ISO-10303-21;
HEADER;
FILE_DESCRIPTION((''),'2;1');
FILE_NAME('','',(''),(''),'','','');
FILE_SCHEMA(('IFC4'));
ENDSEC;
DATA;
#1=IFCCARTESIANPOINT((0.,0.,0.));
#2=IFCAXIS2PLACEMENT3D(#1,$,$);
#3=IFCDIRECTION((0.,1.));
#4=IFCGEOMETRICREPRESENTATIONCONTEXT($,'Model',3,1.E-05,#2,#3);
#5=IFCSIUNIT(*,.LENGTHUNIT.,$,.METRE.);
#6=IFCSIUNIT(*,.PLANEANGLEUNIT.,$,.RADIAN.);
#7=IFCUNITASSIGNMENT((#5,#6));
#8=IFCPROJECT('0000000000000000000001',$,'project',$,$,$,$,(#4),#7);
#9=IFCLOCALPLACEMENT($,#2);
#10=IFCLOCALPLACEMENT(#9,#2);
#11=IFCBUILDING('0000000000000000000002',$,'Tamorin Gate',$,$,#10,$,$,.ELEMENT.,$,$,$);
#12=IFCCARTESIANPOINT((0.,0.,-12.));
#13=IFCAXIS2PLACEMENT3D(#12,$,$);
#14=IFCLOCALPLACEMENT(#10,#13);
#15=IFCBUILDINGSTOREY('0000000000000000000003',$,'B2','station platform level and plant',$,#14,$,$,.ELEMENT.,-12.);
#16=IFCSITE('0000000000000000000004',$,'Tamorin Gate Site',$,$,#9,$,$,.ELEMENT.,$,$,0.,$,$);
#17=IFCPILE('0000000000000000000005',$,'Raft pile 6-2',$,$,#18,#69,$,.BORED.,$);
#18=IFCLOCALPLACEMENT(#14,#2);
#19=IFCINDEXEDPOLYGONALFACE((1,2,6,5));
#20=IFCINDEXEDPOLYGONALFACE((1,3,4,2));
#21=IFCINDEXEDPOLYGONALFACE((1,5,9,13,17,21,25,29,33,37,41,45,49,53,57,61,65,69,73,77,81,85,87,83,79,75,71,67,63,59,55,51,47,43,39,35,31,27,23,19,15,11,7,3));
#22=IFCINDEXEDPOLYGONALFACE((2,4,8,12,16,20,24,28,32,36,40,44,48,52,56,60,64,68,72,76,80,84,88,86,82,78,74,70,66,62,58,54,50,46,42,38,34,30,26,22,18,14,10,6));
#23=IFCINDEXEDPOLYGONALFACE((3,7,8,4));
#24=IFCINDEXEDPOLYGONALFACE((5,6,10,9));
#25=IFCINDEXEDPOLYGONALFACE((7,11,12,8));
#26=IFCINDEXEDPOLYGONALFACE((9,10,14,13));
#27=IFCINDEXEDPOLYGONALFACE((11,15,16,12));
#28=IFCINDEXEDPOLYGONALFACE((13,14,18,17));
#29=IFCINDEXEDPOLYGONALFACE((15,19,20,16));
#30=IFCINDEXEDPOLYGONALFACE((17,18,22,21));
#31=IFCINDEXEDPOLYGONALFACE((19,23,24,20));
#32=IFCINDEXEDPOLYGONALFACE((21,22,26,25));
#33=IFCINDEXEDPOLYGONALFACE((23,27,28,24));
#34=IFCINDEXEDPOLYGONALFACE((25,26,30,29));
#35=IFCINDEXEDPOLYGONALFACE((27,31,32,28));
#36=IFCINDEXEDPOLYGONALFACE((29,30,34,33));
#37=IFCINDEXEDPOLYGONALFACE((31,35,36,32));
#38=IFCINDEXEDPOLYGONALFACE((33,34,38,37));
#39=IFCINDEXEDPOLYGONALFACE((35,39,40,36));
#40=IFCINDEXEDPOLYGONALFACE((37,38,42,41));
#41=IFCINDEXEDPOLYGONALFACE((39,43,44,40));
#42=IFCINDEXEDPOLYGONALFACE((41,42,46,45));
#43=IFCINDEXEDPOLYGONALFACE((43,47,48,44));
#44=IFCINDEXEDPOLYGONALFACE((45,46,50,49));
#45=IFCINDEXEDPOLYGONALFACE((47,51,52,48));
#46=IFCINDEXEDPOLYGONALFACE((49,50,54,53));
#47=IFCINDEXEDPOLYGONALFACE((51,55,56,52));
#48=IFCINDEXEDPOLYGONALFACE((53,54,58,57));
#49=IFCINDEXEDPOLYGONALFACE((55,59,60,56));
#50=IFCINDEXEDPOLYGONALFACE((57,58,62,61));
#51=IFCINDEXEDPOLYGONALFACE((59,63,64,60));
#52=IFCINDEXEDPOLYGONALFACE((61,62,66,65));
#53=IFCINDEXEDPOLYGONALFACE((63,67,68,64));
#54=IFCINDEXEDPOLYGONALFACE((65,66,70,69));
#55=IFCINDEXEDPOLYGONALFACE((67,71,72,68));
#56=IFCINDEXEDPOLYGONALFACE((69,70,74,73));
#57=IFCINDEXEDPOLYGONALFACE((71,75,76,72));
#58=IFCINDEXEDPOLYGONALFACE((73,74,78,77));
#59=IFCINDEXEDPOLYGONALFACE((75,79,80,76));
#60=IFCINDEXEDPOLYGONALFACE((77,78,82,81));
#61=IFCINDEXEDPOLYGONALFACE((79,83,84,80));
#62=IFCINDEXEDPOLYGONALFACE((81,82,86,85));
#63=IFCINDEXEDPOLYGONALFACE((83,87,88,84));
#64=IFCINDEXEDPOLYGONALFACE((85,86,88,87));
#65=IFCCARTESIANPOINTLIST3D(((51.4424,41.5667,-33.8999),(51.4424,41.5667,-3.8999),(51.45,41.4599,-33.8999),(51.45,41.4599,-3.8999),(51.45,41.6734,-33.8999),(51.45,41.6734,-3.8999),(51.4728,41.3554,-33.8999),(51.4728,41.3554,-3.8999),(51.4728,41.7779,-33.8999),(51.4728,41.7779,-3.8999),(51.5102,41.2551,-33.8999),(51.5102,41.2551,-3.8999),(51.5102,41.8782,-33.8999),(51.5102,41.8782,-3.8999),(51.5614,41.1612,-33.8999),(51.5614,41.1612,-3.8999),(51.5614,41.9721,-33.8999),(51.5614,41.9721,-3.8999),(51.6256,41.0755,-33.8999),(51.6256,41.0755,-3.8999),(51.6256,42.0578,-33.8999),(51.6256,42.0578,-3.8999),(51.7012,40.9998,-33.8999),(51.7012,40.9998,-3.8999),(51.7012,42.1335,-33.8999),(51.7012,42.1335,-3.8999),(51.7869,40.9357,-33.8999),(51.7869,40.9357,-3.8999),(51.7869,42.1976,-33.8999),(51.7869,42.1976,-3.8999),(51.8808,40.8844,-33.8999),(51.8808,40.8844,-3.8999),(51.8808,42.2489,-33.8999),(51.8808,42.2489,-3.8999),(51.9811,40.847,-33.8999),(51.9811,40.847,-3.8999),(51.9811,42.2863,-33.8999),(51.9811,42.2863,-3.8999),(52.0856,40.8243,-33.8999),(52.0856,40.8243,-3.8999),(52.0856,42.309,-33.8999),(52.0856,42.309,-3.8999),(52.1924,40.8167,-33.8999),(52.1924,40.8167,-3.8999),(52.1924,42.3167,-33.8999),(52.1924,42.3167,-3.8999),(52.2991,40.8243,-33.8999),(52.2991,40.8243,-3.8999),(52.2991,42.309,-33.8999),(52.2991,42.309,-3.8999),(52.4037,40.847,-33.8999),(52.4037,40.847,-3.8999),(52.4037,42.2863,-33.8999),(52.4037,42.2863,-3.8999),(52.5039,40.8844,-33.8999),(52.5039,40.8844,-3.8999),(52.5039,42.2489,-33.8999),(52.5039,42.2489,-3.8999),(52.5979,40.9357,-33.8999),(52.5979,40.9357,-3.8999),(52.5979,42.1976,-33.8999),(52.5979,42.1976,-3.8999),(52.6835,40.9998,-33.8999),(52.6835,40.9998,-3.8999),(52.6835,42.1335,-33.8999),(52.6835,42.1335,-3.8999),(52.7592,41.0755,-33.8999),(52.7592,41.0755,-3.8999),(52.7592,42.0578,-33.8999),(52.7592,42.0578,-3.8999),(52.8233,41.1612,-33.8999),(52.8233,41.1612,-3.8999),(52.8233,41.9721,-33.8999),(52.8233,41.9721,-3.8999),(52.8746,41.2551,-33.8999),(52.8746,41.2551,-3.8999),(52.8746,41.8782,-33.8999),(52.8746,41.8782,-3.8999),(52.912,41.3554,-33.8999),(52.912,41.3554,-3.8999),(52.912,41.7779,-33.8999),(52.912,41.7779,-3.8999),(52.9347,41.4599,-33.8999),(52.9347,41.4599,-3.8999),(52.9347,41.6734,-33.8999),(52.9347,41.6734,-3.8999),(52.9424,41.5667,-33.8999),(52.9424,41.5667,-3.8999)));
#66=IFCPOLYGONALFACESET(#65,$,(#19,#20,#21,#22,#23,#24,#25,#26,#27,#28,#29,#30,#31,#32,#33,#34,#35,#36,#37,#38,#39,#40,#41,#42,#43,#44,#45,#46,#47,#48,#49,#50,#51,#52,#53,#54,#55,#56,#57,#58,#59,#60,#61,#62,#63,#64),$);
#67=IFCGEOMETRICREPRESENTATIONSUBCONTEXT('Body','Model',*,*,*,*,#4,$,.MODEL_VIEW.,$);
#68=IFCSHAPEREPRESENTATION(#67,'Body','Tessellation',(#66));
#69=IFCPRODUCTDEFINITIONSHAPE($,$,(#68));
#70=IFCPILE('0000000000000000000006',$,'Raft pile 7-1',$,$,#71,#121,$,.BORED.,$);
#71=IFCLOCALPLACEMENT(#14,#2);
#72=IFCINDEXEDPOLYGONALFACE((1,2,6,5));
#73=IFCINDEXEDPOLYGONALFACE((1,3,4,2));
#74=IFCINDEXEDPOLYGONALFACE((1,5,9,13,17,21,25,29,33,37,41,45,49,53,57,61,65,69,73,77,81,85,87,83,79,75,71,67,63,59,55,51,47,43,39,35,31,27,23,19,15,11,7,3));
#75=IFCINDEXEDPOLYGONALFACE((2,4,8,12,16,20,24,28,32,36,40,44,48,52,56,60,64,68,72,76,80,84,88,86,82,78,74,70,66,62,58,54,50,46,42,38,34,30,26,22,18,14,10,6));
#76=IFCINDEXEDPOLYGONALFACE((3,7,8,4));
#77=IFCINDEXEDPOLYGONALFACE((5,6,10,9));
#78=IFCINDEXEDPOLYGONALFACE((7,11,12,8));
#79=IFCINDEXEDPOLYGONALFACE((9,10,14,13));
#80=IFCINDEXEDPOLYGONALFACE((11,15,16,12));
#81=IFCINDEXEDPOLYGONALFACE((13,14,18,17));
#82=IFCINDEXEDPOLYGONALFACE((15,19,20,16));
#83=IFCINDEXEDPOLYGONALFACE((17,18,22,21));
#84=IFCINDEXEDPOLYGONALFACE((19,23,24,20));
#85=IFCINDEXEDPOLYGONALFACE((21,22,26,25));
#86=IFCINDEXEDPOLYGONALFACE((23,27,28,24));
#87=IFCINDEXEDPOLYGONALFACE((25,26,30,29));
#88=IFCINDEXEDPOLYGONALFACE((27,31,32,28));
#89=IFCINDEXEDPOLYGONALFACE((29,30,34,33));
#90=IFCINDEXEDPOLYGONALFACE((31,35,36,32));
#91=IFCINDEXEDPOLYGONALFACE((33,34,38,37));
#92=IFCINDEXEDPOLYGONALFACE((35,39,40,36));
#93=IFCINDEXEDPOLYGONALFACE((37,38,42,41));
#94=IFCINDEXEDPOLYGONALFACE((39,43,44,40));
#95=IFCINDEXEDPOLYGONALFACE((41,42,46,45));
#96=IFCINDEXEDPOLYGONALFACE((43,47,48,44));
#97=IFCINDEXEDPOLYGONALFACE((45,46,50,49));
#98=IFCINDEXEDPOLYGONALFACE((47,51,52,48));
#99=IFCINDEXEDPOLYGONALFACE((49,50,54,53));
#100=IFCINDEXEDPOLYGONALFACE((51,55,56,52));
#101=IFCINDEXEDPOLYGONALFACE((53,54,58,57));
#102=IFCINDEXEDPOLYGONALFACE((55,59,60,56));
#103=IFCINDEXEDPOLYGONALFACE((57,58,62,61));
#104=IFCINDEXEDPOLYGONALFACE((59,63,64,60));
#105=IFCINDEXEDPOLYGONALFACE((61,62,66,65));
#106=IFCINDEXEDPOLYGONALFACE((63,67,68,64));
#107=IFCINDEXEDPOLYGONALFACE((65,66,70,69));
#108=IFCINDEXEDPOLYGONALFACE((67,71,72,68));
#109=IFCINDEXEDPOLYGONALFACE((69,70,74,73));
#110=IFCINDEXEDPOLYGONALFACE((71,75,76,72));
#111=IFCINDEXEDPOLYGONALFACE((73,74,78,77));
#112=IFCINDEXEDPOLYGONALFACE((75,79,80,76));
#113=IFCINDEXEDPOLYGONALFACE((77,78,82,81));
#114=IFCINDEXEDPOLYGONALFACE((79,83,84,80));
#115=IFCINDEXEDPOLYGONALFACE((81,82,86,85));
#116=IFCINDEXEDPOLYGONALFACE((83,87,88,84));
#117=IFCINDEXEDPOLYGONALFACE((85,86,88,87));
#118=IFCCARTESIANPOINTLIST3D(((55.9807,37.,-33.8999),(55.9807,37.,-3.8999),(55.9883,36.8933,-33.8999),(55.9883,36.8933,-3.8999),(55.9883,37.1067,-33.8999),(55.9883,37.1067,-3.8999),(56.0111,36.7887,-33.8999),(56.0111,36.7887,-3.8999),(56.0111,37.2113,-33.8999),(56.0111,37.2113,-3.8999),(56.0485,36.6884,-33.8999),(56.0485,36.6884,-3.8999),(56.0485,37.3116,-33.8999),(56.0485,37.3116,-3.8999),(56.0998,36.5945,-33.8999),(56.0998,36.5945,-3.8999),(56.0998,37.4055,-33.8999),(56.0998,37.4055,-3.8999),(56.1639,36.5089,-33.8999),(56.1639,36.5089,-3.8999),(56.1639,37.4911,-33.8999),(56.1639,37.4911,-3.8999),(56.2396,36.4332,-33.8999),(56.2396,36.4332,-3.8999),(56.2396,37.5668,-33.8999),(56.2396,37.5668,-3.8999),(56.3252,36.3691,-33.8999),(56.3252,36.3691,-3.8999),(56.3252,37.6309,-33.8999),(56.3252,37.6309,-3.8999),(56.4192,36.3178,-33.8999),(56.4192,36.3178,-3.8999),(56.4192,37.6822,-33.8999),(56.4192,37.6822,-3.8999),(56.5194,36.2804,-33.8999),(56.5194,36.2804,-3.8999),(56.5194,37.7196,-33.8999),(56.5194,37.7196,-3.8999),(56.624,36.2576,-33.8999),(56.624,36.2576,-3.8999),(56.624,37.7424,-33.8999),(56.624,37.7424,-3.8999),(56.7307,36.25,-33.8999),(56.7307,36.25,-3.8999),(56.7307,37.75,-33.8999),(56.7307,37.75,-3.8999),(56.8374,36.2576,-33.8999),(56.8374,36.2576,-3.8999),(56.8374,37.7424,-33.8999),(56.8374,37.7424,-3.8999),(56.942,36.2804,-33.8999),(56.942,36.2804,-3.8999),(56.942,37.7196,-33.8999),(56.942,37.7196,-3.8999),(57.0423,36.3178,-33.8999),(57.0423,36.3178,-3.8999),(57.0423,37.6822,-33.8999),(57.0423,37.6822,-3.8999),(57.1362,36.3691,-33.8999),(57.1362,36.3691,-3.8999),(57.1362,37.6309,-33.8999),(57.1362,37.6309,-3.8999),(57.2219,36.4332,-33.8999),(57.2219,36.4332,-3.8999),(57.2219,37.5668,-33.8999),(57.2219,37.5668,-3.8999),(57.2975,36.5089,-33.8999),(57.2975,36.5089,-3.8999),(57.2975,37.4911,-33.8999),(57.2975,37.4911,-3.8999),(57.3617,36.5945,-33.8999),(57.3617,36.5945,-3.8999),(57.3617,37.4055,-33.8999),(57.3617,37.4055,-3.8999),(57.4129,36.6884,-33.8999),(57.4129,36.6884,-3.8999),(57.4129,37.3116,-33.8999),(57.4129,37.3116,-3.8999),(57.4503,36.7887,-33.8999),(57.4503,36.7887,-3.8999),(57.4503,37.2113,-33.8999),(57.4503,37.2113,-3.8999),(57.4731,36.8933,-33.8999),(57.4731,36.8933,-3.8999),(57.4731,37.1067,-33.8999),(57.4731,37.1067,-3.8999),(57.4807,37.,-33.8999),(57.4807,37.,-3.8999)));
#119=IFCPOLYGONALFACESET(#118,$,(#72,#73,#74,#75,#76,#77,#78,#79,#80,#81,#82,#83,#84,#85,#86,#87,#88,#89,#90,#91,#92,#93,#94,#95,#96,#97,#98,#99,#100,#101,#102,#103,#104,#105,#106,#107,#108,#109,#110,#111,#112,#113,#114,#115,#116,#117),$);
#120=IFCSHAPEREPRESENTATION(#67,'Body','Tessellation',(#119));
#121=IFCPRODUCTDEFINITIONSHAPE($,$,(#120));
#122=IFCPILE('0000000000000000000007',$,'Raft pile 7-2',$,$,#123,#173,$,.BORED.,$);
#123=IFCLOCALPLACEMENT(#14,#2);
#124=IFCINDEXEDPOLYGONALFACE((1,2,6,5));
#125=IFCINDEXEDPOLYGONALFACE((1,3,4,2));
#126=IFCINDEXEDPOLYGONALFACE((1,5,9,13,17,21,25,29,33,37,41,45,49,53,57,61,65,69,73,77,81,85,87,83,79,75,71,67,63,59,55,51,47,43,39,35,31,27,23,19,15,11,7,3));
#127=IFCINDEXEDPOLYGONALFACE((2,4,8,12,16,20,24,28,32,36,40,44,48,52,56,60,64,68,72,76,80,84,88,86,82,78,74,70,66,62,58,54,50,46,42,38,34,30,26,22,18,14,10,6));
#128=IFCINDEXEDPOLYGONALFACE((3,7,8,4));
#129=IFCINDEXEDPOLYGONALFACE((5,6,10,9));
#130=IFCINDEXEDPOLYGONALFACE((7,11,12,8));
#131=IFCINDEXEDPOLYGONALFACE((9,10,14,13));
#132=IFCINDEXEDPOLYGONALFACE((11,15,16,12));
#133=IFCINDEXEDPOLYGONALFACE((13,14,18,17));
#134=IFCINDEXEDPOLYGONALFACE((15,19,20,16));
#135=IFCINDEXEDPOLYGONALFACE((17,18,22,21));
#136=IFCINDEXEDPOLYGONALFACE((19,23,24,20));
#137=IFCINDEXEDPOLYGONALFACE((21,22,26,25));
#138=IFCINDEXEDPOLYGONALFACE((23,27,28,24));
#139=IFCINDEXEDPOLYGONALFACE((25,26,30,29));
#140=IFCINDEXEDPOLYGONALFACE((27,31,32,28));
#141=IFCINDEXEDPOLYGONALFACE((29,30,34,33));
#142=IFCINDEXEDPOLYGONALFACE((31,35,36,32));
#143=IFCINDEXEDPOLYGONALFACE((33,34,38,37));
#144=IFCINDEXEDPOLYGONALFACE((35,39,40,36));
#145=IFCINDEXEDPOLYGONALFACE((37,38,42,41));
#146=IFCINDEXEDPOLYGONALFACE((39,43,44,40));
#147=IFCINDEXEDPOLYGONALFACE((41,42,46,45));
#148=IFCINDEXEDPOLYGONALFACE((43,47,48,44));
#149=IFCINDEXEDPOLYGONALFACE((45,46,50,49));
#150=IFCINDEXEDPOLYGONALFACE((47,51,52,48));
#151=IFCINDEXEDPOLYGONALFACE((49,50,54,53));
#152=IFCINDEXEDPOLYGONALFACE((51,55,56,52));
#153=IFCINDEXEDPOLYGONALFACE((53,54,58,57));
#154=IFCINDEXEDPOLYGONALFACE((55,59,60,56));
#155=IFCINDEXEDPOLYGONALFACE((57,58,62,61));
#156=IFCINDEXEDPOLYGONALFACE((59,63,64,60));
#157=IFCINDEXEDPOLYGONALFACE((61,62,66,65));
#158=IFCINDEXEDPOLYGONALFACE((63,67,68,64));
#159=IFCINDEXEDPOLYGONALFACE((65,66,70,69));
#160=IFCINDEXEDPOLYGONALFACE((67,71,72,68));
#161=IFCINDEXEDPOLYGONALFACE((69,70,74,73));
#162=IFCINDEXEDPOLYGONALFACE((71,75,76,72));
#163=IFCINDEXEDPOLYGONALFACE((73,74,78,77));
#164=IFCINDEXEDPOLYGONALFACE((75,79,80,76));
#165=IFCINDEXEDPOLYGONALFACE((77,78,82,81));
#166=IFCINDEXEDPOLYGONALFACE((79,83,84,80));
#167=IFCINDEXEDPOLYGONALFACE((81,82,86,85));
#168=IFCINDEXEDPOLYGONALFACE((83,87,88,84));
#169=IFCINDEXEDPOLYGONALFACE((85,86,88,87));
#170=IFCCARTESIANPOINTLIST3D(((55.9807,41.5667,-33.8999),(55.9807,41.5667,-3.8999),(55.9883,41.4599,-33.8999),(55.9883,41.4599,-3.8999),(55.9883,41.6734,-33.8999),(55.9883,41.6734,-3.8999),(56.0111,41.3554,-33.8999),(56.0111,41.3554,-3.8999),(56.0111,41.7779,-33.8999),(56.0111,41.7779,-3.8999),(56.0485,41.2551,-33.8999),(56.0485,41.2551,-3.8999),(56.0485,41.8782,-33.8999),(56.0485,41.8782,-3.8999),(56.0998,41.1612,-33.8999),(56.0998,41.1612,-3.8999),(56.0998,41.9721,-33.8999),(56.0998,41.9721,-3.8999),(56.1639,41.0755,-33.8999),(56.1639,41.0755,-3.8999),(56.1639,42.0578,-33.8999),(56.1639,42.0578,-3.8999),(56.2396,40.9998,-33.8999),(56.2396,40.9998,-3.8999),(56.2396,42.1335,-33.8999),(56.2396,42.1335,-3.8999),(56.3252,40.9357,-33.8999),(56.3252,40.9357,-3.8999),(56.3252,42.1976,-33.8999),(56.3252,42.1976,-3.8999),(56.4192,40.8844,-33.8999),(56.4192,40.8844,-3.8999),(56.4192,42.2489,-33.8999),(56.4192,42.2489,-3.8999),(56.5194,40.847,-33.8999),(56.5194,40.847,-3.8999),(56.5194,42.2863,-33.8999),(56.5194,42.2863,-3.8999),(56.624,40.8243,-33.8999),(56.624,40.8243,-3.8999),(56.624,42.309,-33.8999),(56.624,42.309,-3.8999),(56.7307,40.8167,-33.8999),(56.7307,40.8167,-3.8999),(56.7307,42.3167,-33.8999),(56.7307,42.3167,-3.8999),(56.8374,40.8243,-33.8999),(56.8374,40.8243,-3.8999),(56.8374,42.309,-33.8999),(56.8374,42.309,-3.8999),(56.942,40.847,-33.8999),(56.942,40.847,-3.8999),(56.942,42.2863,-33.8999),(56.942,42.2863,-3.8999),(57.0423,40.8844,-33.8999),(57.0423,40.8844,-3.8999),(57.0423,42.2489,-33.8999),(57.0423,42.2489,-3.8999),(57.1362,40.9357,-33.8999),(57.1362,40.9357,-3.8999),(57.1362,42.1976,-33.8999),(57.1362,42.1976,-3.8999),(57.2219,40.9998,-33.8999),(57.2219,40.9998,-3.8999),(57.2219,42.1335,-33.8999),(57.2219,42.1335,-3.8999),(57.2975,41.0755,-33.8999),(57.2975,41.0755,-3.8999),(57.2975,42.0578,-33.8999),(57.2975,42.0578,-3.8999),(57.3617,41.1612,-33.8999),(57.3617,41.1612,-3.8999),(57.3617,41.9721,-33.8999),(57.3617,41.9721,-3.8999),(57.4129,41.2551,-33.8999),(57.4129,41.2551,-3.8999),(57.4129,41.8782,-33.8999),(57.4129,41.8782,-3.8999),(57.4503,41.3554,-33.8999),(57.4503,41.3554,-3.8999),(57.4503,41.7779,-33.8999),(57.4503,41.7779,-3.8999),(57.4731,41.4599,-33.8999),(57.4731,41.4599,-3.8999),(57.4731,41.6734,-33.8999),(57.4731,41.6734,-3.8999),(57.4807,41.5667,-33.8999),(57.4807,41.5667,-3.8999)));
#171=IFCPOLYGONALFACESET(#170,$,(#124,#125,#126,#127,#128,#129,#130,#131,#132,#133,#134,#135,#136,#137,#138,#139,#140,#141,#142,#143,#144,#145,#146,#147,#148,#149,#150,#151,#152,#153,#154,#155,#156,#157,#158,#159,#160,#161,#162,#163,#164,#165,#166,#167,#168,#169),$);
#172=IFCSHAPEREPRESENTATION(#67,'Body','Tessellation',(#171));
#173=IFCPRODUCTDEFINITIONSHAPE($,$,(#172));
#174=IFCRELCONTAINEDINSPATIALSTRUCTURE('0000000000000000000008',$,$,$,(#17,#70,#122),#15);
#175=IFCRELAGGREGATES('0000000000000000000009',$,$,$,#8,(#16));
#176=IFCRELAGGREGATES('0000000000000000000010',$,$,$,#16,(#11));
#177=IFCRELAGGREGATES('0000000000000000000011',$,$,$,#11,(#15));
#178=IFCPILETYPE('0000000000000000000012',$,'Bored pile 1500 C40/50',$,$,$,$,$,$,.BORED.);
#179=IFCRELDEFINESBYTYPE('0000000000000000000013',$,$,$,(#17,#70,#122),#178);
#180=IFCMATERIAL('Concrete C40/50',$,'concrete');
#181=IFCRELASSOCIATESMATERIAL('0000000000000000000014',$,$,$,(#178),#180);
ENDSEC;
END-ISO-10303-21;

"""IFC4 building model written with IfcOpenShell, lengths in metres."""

from ifc_helpers import new_model, si_unit, direction, frame, origin, origin_2d, place, context, subcontext, project, spatial, circle, extrude, material, material_profile, profile_set, type_object, element, save


model = new_model("IFC4")

# Units and contexts
model_context = context("Model", 3, precision=1e-05, world=origin(), true_north=direction((0.0, 1.0)))
body_context = subcontext(model_context, "Body", "Model", "MODEL_VIEW")
ifc_project = project(units=[si_unit("LENGTHUNIT", "METRE"), si_unit("PLANEANGLEUNIT", "RADIAN")], contexts=[model_context])

# Site, building, storey
site_placement = place(None, origin())
site = spatial("IfcSite", under=ifc_project, at=site_placement, Name="Tamorin Gate Site", CompositionType="ELEMENT", RefElevation=0.0)
building_placement = place(site_placement, origin())
building = spatial("IfcBuilding", under=site, at=building_placement, Name="Tamorin Gate", CompositionType="ELEMENT")
storey_placement = place(building_placement, frame((0.0, 0.0, -12.0)))
storey = spatial("IfcBuildingStorey", under=building, at=storey_placement, Name="B2", Description="station platform level and plant", CompositionType="ELEMENT", Elevation=-12.0)

# Piles
ifc_material_1 = material(Name="Concrete C40/50", Category="concrete")
ifc_material_profile_1 = material_profile(ifc_material_1, circle(Radius=0.75, at=origin_2d()))
ifc_profile_set_1 = profile_set([ifc_material_profile_1], Name="Concrete C40/50")
pile_type = type_object("IfcPileType", Name="Bored pile 1500 C40/50", PredefinedType="BORED", material=ifc_profile_set_1)
for number, where, z_axis, x_axis, name in (
    (1, (52.1924, 41.5667, -3.8999), (0.0, 0.0, -1.0), (1.0, 0.0, 0.0), "Raft pile 6-2"),
    (2, (56.7307, 37.0, -3.8999), (0.0, 0.0, -1.0), (1.0, 0.0, 0.0), "Raft pile 7-1"),
    (3, (56.7307, 41.5667, -3.8999), (0.0, 0.0, -1.0), (1.0, 0.0, 0.0), "Raft pile 7-2"),
):
    element("IfcPile", number, at=place(storey_placement, frame(where, z_axis=z_axis, x_axis=x_axis)), inside=storey, type_object=pile_type, Name=name, PredefinedType="BORED", context=body_context, shape_type="SweptSolid", body=[
        extrude(circle(Radius=0.75, at=origin_2d()), origin(), (0.0, 0.0, 1.0), 30.0),
    ])

save(model, "model.ifc")
